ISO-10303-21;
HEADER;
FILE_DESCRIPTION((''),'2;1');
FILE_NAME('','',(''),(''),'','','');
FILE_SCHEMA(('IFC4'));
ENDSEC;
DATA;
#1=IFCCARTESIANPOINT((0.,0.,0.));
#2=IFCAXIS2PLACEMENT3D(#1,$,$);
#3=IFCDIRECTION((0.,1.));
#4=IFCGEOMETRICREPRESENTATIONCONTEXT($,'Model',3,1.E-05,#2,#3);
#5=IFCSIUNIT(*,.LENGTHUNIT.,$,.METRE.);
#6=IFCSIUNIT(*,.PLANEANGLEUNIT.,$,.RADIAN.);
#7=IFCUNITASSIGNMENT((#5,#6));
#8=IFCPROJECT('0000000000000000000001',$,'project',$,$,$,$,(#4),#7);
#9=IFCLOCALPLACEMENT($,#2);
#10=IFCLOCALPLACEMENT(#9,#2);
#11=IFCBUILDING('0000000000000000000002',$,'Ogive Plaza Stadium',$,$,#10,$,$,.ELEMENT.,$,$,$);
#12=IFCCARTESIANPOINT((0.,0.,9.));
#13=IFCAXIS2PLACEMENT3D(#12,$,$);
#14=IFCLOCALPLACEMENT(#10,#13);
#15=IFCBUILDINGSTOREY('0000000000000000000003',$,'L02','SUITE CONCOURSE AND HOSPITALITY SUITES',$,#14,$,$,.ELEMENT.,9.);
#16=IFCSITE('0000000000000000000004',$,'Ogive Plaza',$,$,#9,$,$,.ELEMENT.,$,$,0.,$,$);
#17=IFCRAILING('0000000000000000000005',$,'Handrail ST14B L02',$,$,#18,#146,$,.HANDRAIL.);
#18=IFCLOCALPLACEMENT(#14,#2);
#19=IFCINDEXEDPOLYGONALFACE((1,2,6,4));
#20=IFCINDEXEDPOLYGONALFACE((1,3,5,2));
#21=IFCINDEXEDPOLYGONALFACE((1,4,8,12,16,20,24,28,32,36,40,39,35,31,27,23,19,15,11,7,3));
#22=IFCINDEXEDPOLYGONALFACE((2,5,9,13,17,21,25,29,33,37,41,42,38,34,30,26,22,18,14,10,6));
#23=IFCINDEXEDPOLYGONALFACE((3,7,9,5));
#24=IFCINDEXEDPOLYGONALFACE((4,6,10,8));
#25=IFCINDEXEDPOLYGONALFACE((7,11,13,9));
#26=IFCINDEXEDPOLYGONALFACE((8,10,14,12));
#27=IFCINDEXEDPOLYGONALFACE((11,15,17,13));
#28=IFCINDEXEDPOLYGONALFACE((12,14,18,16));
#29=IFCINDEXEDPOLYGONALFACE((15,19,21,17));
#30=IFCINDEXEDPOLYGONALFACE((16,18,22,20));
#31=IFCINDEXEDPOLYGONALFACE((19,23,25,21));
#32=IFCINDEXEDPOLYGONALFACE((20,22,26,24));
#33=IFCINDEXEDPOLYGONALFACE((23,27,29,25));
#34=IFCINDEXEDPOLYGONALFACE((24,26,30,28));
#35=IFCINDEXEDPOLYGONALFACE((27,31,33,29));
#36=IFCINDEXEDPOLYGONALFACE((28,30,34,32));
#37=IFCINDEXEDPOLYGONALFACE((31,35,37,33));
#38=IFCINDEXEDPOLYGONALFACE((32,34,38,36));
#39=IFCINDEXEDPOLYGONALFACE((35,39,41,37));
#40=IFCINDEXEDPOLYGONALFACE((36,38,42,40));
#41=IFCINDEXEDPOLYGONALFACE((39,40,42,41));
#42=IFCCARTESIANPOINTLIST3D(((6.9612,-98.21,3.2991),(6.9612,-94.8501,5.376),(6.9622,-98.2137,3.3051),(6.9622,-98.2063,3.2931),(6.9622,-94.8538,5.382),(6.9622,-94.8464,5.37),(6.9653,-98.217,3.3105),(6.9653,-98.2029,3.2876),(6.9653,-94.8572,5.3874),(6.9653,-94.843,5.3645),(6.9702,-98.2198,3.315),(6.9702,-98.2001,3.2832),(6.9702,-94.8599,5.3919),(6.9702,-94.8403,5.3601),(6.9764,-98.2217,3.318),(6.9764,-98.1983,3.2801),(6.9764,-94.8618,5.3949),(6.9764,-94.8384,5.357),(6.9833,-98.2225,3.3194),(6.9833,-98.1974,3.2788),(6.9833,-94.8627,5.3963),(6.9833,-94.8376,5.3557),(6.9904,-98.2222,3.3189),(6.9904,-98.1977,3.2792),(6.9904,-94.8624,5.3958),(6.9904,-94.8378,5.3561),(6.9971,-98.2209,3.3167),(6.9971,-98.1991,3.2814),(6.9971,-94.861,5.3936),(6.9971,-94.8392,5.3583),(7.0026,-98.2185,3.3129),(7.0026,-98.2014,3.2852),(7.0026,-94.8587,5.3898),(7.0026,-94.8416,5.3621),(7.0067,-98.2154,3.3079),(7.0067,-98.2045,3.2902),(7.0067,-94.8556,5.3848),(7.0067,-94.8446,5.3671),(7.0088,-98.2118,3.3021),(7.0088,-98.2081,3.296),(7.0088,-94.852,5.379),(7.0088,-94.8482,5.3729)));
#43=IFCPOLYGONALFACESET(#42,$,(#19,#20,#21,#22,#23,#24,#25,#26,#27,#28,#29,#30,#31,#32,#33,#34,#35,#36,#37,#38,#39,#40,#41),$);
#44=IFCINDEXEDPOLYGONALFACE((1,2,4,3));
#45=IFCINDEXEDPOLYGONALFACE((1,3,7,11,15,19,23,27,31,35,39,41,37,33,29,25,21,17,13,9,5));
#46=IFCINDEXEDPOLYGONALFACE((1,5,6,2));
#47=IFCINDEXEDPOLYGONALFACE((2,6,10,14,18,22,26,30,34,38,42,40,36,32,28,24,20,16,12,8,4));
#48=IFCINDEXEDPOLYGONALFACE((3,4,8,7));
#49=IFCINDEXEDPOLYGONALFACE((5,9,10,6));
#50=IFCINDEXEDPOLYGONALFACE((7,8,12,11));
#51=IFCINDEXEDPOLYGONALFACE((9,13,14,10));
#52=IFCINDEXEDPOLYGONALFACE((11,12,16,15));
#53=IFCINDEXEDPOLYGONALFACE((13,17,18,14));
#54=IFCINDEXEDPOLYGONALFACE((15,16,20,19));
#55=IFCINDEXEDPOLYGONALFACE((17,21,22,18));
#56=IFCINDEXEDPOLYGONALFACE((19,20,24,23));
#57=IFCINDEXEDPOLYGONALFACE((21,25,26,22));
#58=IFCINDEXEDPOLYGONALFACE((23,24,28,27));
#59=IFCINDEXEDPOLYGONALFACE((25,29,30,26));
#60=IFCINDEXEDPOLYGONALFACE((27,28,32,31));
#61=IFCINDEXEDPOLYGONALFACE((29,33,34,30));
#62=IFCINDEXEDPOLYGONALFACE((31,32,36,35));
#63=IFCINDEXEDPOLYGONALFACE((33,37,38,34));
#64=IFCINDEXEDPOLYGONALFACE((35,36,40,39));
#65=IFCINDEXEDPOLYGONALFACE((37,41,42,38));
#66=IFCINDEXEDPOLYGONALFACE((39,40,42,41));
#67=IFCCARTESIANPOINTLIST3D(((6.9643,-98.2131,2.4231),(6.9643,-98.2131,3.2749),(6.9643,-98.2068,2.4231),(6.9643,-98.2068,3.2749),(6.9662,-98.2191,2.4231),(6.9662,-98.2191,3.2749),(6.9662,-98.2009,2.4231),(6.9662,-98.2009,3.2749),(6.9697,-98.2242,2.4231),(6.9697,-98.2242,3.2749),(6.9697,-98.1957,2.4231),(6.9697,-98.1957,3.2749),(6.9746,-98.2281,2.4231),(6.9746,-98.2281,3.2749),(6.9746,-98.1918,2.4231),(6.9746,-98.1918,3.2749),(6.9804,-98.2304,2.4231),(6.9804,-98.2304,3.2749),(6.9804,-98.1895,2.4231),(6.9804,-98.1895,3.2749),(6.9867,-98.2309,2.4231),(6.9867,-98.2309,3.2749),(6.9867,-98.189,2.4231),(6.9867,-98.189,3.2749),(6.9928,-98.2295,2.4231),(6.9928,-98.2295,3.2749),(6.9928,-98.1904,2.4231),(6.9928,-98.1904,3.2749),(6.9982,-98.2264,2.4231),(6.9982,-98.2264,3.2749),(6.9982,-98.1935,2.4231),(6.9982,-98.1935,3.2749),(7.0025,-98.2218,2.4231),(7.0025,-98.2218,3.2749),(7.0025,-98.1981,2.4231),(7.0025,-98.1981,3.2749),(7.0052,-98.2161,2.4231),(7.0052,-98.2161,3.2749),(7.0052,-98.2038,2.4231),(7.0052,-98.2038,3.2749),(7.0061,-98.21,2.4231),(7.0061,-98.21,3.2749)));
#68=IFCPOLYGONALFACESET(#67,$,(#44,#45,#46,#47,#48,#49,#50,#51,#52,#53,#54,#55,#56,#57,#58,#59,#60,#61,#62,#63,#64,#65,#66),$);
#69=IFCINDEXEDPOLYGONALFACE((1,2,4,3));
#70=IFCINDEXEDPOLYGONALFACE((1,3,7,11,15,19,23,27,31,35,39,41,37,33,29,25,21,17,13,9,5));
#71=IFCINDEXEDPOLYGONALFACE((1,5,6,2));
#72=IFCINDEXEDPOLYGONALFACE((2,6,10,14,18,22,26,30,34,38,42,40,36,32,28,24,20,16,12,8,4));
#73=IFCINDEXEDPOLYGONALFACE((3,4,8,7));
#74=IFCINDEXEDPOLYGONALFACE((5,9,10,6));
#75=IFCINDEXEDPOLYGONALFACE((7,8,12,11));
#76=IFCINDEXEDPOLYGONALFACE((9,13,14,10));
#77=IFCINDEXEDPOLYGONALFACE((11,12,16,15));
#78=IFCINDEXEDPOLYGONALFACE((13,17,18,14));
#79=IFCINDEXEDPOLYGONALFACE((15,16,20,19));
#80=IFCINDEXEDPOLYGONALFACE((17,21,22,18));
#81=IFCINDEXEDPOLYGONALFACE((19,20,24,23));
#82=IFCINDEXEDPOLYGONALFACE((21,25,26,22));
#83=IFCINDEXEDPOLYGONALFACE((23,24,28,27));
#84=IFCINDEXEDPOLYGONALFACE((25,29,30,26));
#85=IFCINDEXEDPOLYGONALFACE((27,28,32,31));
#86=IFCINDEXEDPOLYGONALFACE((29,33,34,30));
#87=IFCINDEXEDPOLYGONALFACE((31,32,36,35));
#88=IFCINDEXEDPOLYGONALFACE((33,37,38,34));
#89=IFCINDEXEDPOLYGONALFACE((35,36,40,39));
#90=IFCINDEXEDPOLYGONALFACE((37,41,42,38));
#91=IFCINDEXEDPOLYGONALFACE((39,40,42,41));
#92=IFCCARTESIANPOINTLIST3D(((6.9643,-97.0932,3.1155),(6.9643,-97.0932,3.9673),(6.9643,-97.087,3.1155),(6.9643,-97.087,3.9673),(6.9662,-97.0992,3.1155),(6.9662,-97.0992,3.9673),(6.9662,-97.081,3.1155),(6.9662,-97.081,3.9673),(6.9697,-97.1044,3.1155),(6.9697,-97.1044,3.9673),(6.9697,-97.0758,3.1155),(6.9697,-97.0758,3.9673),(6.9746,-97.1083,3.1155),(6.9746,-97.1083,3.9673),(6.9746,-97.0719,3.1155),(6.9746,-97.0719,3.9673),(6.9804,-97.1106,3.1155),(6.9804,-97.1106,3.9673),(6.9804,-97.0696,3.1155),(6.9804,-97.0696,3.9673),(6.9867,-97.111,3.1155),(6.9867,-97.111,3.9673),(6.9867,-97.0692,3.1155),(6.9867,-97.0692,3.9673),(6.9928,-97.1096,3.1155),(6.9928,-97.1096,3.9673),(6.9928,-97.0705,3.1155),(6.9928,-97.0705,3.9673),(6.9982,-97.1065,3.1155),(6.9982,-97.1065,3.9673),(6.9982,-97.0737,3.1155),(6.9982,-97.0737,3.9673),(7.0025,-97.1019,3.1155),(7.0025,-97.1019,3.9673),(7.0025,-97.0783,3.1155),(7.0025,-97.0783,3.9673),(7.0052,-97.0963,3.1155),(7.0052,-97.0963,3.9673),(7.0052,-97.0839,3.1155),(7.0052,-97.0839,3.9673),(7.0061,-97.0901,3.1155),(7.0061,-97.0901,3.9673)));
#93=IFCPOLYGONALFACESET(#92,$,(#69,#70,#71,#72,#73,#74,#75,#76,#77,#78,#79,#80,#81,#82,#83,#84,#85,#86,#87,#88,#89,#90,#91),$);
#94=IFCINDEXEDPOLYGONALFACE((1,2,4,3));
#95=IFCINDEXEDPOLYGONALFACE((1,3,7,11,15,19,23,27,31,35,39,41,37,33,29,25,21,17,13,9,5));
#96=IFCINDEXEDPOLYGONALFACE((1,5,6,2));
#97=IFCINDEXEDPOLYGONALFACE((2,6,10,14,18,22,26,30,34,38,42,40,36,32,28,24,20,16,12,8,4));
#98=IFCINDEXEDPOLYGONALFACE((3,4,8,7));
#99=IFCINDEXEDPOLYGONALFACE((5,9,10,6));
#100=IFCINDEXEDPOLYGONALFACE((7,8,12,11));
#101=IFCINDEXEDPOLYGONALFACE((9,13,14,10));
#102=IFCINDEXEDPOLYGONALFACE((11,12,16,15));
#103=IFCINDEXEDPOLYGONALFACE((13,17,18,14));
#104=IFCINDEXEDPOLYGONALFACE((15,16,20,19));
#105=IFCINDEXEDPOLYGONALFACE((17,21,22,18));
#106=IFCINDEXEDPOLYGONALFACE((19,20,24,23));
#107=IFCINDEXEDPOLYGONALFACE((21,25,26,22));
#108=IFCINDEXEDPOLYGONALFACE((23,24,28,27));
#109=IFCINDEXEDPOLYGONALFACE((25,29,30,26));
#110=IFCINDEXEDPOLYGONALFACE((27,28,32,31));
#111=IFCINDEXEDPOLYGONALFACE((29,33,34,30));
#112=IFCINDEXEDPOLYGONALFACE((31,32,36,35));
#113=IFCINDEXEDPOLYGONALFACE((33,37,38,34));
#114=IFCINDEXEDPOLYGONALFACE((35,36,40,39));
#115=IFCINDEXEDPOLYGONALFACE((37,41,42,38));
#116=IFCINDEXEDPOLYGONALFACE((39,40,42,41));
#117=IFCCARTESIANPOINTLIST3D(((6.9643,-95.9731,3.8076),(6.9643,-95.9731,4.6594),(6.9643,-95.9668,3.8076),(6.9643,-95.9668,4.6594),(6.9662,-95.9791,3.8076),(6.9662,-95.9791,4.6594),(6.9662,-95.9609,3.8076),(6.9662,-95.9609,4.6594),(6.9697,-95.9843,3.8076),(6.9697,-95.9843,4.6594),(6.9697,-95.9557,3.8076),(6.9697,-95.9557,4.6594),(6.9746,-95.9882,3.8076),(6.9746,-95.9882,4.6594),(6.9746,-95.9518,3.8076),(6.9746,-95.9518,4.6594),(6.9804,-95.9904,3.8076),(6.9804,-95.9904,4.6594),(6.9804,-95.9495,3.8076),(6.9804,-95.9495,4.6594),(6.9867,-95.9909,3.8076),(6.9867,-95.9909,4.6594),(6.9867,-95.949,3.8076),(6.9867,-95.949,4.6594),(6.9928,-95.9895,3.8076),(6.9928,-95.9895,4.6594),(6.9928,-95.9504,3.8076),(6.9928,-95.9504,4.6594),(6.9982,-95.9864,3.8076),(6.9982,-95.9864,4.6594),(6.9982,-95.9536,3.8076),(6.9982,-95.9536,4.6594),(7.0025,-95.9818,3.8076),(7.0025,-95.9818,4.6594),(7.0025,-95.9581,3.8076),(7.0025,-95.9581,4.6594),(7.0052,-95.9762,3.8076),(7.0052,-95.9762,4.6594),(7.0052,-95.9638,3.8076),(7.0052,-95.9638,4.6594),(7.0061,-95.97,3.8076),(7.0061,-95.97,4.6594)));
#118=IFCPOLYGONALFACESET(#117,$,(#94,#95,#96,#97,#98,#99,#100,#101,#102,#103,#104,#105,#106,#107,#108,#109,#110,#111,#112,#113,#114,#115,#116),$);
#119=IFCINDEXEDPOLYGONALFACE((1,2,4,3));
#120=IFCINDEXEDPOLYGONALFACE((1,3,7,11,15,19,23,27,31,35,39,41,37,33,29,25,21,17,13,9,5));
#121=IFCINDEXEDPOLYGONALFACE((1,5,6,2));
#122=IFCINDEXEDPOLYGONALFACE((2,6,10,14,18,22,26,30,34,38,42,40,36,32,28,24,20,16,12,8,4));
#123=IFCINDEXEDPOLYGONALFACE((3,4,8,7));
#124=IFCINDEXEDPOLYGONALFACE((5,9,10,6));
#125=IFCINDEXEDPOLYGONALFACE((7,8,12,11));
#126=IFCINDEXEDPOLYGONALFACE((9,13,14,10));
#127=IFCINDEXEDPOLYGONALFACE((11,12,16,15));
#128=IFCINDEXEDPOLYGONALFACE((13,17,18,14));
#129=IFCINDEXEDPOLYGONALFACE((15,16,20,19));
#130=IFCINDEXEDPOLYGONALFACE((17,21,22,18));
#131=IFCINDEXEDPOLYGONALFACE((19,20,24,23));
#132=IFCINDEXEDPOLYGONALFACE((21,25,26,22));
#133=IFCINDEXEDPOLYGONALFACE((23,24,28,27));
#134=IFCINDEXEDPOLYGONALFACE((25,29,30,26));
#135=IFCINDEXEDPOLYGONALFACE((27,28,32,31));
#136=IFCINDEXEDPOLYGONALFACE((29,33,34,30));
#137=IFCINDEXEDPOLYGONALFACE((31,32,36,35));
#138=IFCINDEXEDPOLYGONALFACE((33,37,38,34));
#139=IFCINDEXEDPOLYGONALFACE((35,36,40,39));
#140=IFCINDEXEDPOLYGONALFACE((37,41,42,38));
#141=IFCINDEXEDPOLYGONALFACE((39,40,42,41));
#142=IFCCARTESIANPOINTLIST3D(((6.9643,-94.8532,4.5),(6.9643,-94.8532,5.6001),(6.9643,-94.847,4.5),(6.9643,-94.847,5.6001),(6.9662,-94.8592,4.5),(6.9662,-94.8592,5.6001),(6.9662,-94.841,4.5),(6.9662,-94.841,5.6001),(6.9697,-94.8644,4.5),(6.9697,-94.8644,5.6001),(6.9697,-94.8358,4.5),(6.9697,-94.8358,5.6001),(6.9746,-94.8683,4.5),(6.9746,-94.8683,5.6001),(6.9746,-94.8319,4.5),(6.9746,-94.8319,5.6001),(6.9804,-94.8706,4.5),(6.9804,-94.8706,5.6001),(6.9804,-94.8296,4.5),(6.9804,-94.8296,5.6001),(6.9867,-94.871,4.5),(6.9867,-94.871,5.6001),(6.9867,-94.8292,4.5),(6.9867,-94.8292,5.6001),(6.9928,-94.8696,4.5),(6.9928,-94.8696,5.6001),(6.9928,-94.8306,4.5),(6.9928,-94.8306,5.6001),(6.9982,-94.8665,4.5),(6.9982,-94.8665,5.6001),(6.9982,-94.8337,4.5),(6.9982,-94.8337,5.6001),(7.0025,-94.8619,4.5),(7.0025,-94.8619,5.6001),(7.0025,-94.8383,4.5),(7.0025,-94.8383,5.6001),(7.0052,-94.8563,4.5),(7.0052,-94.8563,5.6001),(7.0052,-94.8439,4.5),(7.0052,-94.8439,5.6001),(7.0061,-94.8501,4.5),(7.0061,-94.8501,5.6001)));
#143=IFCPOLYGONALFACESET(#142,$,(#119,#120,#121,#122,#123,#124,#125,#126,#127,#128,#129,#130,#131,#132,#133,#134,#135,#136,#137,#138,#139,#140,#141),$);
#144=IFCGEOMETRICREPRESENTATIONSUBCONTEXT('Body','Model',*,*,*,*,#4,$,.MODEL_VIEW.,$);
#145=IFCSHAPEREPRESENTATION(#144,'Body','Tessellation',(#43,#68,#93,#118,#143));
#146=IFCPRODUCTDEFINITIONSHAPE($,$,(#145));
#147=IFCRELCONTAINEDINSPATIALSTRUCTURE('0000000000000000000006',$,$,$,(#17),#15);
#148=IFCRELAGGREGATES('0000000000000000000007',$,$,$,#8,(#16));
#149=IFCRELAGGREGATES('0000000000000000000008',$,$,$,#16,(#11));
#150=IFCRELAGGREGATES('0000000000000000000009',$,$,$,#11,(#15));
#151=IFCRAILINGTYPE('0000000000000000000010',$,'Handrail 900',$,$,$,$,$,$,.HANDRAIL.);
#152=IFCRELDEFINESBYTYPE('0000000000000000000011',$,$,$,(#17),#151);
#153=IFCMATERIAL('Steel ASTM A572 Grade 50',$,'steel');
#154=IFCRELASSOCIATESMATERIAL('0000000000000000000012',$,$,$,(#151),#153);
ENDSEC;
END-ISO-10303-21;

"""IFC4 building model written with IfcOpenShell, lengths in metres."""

from ifc_helpers import new_model, si_unit, direction, frame, origin, origin_2d, place, context, subcontext, project, spatial, circle, extrude, material, type_object, element, save


model = new_model("IFC4")

# Units and contexts
model_context = context("Model", 3, precision=1e-05, world=origin(), true_north=direction((0.0, 1.0)))
body_context = subcontext(model_context, "Body", "Model", "MODEL_VIEW")
ifc_project = project(units=[si_unit("LENGTHUNIT", "METRE"), si_unit("PLANEANGLEUNIT", "RADIAN")], contexts=[model_context])

# Site, building, storey
site_placement = place(None, origin())
site = spatial("IfcSite", under=ifc_project, at=site_placement, Name="Ogive Plaza", CompositionType="ELEMENT", RefElevation=0.0)
building_placement = place(site_placement, origin())
building = spatial("IfcBuilding", under=site, at=building_placement, Name="Ogive Plaza Stadium", CompositionType="ELEMENT")
storey_placement = place(building_placement, frame((0.0, 0.0, 9.0)))
storey = spatial("IfcBuildingStorey", under=building, at=storey_placement, Name="L02", Description="SUITE CONCOURSE AND HOSPITALITY SUITES", CompositionType="ELEMENT", Elevation=9.0)

# Railing
ifc_material_1 = material(Name="Steel ASTM A572 Grade 50", Category="steel")
railing_type_1 = type_object("IfcRailingType", Name="Handrail 900", PredefinedType="HANDRAIL", material=ifc_material_1)
for number, where, name in (
    (1, (6.9851, -98.21, 2.4231), "Handrail ST14B L02"),
):
    element("IfcRailing", number, at=place(storey_placement, frame(where)), inside=storey, type_object=railing_type_1, Name=name, PredefinedType="HANDRAIL", context=body_context, shape_type="SweptSolid", body=[
        extrude(circle(Radius=0.0239, at=origin_2d()), frame((0.0, 0.0, 0.876), z_axis=(0.0, 0.850606, 0.525803), x_axis=(-1.0, 0.0, 0.0)), (0.0, 0.0, 1.0), 3.95),
        extrude(circle(Radius=0.021, at=origin_2d()), origin(), (0.0, 0.0, 1.0), 0.8518),
        extrude(circle(Radius=0.021, at=origin_2d()), frame((0.0, 1.1199, 0.6924)), (0.0, 0.0, 1.0), 0.8518),
        extrude(circle(Radius=0.021, at=origin_2d()), frame((0.0, 2.24, 1.3845)), (0.0, 0.0, 1.0), 0.8518),
        extrude(circle(Radius=0.021, at=origin_2d()), frame((0.0, 3.3599, 2.0769)), (0.0, 0.0, 1.0), 1.1001),
    ])

save(model, "model.ifc")
